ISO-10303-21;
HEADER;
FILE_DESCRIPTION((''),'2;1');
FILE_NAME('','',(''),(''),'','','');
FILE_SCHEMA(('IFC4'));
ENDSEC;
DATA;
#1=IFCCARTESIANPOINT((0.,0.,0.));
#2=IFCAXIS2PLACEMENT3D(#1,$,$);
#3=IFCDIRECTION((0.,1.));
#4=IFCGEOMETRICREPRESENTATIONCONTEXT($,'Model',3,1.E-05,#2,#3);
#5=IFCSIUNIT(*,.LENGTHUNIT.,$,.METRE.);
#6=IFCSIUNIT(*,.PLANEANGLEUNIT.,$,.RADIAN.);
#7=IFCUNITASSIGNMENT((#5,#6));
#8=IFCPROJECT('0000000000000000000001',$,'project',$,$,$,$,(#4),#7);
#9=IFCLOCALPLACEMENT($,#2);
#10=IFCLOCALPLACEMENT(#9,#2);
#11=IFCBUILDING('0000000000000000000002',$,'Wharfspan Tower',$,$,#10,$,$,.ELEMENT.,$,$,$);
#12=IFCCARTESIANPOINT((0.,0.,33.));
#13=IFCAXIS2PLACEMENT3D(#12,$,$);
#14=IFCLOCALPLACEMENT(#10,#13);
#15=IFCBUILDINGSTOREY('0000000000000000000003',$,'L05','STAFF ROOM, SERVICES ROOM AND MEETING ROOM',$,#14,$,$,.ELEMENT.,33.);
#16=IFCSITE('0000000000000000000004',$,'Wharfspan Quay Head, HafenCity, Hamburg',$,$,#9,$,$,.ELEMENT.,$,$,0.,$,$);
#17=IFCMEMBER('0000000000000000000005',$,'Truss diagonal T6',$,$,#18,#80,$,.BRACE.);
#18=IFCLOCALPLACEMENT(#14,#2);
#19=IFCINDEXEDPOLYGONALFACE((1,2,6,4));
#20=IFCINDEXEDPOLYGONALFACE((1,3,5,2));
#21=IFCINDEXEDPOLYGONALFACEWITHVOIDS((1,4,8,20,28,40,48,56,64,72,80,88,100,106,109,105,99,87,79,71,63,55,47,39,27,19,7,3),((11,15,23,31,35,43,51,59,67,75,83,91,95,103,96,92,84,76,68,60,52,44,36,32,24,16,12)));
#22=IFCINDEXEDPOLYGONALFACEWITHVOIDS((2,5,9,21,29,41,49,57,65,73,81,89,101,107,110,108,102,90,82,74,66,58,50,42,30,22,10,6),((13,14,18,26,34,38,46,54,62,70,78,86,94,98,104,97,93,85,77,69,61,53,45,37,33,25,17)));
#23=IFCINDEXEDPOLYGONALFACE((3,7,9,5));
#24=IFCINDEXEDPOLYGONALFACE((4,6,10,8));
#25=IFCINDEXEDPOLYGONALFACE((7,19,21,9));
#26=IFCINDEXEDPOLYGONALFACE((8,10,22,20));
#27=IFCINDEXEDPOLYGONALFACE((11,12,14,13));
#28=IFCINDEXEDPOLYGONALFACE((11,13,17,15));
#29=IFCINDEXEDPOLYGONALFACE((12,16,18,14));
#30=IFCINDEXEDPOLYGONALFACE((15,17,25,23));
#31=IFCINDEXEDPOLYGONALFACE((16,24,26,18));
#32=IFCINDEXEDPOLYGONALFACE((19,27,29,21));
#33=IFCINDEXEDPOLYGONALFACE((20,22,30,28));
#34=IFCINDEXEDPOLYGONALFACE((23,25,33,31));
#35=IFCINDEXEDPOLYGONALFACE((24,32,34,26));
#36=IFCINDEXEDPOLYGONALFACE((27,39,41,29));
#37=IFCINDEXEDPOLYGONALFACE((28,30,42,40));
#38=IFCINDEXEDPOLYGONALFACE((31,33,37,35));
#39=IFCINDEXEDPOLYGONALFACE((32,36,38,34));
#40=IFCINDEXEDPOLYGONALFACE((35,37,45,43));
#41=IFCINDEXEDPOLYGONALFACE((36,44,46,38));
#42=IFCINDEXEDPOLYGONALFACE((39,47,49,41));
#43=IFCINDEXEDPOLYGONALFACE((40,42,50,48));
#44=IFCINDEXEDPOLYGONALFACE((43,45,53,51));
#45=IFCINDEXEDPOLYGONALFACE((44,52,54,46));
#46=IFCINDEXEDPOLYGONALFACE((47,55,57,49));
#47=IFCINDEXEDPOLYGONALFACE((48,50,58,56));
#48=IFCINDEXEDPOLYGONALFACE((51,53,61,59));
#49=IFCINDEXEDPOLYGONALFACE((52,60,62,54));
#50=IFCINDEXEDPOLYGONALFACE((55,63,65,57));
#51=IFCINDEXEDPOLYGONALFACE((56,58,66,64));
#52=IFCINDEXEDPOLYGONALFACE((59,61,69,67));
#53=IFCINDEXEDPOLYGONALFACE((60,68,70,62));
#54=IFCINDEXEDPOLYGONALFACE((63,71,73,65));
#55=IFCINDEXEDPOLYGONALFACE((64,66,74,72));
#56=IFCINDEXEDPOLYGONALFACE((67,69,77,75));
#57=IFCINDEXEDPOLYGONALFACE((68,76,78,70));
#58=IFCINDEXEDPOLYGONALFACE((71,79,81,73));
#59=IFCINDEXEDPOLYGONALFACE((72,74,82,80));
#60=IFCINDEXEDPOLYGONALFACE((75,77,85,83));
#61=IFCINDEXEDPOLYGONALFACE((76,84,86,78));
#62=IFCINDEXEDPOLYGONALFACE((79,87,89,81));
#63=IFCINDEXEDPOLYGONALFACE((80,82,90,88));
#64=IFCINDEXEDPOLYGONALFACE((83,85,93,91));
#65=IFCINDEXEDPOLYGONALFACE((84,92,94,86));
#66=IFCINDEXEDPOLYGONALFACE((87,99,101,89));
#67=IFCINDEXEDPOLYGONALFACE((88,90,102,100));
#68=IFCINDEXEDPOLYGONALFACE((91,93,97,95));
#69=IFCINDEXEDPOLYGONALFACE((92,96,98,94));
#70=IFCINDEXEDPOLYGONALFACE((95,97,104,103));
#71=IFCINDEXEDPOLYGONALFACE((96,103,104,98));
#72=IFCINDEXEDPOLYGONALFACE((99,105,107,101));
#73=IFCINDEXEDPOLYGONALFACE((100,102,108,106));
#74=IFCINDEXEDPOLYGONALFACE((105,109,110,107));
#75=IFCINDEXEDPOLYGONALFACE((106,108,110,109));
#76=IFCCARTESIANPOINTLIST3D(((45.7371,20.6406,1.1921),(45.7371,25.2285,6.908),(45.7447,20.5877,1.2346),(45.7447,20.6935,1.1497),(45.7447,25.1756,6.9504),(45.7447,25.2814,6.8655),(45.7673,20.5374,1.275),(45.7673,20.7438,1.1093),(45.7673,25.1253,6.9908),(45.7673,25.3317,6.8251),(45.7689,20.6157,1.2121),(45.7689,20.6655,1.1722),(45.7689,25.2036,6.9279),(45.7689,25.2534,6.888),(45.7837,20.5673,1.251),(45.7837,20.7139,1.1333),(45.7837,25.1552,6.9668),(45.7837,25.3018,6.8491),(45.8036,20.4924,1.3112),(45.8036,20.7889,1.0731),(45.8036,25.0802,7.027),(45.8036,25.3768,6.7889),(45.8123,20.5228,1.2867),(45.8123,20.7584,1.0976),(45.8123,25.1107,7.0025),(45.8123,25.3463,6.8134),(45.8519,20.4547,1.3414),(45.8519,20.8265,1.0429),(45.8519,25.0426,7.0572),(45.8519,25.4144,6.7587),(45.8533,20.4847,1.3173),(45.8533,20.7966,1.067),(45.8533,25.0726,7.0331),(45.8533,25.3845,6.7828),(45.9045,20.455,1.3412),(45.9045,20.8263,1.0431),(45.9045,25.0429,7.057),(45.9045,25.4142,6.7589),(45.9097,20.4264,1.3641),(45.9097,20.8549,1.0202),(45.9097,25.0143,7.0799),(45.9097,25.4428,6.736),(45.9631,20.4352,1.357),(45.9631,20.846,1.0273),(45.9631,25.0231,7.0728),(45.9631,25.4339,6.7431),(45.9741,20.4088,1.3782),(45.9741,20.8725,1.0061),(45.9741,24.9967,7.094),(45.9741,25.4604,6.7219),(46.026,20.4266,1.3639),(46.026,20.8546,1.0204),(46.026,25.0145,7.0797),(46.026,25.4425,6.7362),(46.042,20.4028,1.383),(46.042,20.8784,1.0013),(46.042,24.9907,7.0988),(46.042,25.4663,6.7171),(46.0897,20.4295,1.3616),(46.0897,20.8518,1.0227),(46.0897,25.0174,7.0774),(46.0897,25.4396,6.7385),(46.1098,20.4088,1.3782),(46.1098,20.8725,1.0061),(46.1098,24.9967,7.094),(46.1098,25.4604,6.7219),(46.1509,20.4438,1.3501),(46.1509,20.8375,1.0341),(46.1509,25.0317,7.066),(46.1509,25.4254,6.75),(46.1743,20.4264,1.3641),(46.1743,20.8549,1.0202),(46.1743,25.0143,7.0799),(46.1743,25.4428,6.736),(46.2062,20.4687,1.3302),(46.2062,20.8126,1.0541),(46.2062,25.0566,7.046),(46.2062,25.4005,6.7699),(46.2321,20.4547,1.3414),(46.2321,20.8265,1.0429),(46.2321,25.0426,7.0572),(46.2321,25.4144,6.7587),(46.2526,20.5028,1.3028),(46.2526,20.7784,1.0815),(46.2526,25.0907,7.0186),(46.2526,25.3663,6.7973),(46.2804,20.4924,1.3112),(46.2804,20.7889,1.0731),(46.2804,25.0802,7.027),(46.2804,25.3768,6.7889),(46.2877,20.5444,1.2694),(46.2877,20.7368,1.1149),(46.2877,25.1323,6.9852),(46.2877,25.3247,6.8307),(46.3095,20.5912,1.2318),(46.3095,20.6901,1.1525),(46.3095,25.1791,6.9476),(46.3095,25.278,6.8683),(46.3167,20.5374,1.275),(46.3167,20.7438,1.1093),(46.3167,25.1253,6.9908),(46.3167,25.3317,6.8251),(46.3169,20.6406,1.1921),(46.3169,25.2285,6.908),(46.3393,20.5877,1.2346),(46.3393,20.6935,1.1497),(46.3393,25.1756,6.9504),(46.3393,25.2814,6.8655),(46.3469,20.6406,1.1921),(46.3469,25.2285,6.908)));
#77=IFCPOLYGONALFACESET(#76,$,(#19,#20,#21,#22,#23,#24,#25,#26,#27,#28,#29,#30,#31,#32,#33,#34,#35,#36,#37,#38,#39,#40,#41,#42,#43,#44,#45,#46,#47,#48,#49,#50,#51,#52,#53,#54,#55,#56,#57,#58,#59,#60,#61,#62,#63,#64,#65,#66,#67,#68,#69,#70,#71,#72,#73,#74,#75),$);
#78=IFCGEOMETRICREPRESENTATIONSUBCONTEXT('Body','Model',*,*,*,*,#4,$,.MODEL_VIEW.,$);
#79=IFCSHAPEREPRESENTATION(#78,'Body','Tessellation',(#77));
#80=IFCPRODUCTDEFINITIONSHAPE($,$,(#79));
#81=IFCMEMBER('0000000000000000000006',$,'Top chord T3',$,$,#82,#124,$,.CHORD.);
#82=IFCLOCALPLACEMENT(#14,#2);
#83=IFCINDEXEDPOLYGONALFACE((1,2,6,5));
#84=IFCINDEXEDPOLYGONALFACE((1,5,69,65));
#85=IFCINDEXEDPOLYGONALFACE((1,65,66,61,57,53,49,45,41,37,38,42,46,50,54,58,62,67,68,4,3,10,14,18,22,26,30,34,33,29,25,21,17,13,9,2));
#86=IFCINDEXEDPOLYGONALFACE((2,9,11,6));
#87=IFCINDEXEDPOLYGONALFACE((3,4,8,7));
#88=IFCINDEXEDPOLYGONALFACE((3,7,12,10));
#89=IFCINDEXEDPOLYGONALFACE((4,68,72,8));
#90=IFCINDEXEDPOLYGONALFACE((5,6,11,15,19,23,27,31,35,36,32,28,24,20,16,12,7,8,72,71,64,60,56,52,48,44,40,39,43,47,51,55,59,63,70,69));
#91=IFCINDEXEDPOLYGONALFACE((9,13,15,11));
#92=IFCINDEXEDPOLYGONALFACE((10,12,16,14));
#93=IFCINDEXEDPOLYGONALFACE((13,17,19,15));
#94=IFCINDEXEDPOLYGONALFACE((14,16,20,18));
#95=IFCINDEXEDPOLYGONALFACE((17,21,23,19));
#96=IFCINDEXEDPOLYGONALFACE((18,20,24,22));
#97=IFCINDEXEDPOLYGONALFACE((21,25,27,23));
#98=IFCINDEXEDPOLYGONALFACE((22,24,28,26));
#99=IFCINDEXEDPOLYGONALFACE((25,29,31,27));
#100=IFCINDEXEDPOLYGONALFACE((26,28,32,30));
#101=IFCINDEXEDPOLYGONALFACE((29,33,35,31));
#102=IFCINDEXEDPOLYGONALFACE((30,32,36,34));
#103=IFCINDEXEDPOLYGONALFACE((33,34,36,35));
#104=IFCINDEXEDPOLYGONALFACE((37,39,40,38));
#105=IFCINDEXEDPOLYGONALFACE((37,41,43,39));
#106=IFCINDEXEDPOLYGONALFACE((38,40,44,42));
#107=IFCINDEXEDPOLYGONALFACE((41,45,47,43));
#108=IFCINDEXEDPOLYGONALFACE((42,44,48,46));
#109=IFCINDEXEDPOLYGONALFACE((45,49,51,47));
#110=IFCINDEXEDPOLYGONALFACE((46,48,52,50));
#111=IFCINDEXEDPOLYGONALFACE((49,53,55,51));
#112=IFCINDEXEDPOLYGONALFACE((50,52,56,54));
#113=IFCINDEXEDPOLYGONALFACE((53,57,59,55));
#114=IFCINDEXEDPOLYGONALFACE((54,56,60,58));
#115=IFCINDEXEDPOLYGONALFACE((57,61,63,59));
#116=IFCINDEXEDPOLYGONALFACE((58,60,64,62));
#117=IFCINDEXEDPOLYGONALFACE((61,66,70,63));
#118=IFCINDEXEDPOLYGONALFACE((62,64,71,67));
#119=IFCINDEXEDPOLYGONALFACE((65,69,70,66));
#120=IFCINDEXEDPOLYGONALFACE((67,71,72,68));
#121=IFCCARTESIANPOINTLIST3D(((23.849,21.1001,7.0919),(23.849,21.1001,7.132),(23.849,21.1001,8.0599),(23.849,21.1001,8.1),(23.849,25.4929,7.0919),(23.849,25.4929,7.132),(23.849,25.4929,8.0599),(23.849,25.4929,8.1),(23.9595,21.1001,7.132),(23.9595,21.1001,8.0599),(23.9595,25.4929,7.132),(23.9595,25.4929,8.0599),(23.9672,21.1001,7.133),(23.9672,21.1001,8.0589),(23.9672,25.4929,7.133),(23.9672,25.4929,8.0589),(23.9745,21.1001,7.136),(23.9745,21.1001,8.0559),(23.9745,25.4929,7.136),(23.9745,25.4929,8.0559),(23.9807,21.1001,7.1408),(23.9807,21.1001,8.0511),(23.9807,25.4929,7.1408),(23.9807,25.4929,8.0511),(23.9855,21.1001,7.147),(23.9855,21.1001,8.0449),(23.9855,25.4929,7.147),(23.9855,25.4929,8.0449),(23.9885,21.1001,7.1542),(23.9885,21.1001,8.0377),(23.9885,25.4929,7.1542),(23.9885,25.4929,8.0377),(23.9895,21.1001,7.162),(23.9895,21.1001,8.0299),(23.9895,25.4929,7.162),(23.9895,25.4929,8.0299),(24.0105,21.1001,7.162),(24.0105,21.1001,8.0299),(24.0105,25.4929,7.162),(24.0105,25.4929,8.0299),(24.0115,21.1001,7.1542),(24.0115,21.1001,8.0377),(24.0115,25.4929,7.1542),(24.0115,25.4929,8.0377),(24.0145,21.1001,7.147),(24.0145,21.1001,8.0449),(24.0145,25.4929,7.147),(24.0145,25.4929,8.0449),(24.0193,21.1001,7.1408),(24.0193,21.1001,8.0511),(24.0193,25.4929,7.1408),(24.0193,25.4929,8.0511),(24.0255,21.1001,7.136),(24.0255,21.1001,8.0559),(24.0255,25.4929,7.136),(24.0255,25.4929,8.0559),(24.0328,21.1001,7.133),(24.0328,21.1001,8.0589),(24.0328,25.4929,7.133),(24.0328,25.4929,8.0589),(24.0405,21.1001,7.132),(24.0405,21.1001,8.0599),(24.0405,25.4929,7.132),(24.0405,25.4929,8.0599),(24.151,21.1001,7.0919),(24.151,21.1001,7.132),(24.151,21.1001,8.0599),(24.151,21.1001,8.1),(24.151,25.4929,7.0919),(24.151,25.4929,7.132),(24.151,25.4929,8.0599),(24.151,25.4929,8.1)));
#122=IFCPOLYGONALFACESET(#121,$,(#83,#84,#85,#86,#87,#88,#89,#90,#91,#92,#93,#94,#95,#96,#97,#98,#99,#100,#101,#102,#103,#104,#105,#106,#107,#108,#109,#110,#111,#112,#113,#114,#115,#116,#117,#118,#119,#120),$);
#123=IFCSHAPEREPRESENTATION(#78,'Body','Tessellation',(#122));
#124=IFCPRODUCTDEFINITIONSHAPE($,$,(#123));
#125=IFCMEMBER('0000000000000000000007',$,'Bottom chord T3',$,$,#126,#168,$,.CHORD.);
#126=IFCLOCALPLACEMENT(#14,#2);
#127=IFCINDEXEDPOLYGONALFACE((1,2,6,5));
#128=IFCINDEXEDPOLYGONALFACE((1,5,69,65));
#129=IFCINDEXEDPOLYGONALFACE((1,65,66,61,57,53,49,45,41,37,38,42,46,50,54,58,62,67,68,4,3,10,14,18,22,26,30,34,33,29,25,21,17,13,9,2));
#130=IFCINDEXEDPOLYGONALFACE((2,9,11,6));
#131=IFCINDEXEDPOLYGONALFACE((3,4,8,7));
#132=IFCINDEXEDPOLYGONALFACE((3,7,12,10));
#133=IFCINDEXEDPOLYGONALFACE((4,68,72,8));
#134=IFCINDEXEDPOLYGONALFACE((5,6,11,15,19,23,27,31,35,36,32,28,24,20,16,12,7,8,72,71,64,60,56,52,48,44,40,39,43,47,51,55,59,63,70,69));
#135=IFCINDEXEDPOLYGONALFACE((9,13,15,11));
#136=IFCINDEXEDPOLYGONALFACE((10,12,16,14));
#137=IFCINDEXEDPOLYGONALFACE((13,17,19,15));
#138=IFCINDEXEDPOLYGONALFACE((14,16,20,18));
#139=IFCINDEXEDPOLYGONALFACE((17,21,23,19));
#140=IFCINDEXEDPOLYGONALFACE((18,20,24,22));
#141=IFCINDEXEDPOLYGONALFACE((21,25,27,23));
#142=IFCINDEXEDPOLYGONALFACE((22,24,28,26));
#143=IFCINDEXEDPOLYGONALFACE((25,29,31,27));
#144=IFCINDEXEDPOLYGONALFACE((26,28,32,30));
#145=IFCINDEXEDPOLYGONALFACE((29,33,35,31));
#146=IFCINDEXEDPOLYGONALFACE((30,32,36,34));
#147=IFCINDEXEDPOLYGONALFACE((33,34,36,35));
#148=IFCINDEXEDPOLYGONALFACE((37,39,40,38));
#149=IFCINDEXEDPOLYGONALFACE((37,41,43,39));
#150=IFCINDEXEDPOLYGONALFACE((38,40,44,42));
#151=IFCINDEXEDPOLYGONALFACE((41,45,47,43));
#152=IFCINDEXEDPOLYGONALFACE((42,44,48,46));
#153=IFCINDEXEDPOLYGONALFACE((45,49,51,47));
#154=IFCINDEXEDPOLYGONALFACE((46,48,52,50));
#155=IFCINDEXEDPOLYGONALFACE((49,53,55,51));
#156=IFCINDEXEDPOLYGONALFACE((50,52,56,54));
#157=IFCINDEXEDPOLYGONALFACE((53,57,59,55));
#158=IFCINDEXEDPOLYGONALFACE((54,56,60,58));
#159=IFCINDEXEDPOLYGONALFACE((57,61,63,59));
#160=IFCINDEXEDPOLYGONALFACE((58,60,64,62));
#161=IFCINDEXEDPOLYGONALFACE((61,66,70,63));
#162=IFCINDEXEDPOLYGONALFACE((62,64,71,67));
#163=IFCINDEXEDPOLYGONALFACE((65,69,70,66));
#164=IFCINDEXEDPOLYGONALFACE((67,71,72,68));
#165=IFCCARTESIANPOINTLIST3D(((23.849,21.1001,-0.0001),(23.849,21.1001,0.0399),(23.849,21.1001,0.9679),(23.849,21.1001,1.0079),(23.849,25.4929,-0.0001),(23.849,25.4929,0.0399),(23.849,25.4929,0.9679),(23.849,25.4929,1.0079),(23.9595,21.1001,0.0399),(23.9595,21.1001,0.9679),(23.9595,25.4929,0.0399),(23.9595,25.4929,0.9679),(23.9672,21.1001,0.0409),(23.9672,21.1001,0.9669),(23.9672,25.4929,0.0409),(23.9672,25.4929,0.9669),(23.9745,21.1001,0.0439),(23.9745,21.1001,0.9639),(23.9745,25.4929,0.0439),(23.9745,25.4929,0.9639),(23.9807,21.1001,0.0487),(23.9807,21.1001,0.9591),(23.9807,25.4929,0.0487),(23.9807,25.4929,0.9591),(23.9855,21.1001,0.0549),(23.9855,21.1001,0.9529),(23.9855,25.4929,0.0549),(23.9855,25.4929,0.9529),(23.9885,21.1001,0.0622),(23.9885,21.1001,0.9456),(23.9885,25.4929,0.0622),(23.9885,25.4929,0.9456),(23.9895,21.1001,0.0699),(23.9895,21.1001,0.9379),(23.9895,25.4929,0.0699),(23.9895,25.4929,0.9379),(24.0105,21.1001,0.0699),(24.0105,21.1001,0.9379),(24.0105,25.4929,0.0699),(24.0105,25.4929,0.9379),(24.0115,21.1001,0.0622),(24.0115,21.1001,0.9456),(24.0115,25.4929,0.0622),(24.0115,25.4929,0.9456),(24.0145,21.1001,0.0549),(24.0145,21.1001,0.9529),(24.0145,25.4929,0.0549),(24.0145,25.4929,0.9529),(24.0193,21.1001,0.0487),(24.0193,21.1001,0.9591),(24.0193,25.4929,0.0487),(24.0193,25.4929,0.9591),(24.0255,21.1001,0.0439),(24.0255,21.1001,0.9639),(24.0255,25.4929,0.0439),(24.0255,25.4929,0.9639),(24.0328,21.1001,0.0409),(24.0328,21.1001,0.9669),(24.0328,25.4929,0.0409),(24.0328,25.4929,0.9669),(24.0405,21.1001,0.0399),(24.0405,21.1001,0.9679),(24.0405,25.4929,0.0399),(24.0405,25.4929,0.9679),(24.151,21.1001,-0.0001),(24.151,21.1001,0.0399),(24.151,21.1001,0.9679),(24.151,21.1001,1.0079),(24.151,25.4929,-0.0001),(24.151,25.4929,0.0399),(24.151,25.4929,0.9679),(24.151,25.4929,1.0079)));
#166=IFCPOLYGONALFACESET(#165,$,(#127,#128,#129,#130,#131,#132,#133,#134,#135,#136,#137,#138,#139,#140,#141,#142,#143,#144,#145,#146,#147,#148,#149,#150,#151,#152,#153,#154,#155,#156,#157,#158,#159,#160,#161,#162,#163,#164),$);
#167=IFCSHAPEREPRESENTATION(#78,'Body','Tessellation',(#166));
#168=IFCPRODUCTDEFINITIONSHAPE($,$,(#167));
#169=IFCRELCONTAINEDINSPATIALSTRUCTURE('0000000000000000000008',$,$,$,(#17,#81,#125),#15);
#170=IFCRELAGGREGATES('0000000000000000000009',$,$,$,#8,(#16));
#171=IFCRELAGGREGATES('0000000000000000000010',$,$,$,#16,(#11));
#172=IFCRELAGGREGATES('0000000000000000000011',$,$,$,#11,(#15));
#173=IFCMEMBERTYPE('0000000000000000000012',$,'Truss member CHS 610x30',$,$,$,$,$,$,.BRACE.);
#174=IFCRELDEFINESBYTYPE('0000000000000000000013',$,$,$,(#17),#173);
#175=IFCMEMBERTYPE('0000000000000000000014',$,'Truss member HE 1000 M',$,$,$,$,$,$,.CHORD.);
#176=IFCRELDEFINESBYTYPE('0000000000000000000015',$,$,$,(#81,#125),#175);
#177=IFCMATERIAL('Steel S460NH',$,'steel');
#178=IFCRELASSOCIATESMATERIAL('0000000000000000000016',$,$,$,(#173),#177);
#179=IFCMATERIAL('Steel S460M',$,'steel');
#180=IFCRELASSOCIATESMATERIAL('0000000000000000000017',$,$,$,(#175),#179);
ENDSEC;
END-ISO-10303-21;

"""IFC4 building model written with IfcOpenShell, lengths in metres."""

from ifc_helpers import new_model, si_unit, direction, frame, origin, origin_2d, place, context, subcontext, project, spatial, hollow_circle, i_section, extrude, material, material_profile, profile_set, type_object, element, save


model = new_model("IFC4")

# Units and contexts
model_context = context("Model", 3, precision=1e-05, world=origin(), true_north=direction((0.0, 1.0)))
body_context = subcontext(model_context, "Body", "Model", "MODEL_VIEW")
ifc_project = project(units=[si_unit("LENGTHUNIT", "METRE"), si_unit("PLANEANGLEUNIT", "RADIAN")], contexts=[model_context])

# Site, building, storey
site_placement = place(None, origin())
site = spatial("IfcSite", under=ifc_project, at=site_placement, Name="Wharfspan Quay Head, HafenCity, Hamburg", CompositionType="ELEMENT", RefElevation=0.0)
building_placement = place(site_placement, origin())
building = spatial("IfcBuilding", under=site, at=building_placement, Name="Wharfspan Tower", CompositionType="ELEMENT")
storey_placement = place(building_placement, frame((0.0, 0.0, 33.0)))
storey = spatial("IfcBuildingStorey", under=building, at=storey_placement, Name="L05", Description="STAFF ROOM, SERVICES ROOM AND MEETING ROOM", CompositionType="ELEMENT", Elevation=33.0)

# Members
ifc_material_1 = material(Name="Steel S460NH", Category="steel")
ifc_material_profile_1 = material_profile(ifc_material_1, hollow_circle(Radius=0.3049, WallThickness=0.03, at=origin_2d()))
ifc_profile_set_1 = profile_set([ifc_material_profile_1], Name="Steel S460NH")
member_type_1 = type_object("IfcMemberType", Name="Truss member CHS 610x30", PredefinedType="BRACE", material=ifc_profile_set_1)
member_1_placement = place(storey_placement, frame((46.042, 25.2285, 6.908), z_axis=(0.0, -0.625962, -0.779854), x_axis=(1.0, 0.0, 0.0)))
element("IfcMember", 1, at=member_1_placement, inside=storey, type_object=member_type_1, Name="Truss diagonal T6", PredefinedType="BRACE", context=body_context, shape_type="SweptSolid", body=[
    extrude(hollow_circle(Radius=0.3049, WallThickness=0.03, at=origin_2d()), origin(), (0.0, 0.0, 1.0), 7.3293),
])
ifc_material_2 = material(Name="Steel S460M", Category="steel")
ifc_material_profile_2 = material_profile(ifc_material_2, i_section(OverallWidth=0.302, OverallDepth=1.0081, WebThickness=0.021, FlangeThickness=0.04, FilletRadius=0.03, at=origin_2d()))
ifc_profile_set_2 = profile_set([ifc_material_profile_2], Name="Steel S460M")
member_type_2 = type_object("IfcMemberType", Name="Truss member HE 1000 M", PredefinedType="CHORD", material=ifc_profile_set_2)
for number, where, z_axis, x_axis, name in (
    (2, (24.0, 21.1001, 7.5959), (0.0, 1.0, 0.0), (-1.0, 0.0, 0.0), "Top chord T3"),
    (3, (24.0, 21.1001, 0.5039), (0.0, 1.0, 0.0), (-1.0, 0.0, 0.0), "Bottom chord T3"),
):
    element("IfcMember", number, at=place(storey_placement, frame(where, z_axis=z_axis, x_axis=x_axis)), inside=storey, type_object=member_type_2, Name=name, PredefinedType="CHORD", context=body_context, shape_type="SweptSolid", body=[
        extrude(i_section(OverallWidth=0.302, OverallDepth=1.0081, WebThickness=0.021, FlangeThickness=0.04, FilletRadius=0.03, at=origin_2d()), origin(), (0.0, 0.0, 1.0), 4.3928),
    ])

save(model, "model.ifc")
